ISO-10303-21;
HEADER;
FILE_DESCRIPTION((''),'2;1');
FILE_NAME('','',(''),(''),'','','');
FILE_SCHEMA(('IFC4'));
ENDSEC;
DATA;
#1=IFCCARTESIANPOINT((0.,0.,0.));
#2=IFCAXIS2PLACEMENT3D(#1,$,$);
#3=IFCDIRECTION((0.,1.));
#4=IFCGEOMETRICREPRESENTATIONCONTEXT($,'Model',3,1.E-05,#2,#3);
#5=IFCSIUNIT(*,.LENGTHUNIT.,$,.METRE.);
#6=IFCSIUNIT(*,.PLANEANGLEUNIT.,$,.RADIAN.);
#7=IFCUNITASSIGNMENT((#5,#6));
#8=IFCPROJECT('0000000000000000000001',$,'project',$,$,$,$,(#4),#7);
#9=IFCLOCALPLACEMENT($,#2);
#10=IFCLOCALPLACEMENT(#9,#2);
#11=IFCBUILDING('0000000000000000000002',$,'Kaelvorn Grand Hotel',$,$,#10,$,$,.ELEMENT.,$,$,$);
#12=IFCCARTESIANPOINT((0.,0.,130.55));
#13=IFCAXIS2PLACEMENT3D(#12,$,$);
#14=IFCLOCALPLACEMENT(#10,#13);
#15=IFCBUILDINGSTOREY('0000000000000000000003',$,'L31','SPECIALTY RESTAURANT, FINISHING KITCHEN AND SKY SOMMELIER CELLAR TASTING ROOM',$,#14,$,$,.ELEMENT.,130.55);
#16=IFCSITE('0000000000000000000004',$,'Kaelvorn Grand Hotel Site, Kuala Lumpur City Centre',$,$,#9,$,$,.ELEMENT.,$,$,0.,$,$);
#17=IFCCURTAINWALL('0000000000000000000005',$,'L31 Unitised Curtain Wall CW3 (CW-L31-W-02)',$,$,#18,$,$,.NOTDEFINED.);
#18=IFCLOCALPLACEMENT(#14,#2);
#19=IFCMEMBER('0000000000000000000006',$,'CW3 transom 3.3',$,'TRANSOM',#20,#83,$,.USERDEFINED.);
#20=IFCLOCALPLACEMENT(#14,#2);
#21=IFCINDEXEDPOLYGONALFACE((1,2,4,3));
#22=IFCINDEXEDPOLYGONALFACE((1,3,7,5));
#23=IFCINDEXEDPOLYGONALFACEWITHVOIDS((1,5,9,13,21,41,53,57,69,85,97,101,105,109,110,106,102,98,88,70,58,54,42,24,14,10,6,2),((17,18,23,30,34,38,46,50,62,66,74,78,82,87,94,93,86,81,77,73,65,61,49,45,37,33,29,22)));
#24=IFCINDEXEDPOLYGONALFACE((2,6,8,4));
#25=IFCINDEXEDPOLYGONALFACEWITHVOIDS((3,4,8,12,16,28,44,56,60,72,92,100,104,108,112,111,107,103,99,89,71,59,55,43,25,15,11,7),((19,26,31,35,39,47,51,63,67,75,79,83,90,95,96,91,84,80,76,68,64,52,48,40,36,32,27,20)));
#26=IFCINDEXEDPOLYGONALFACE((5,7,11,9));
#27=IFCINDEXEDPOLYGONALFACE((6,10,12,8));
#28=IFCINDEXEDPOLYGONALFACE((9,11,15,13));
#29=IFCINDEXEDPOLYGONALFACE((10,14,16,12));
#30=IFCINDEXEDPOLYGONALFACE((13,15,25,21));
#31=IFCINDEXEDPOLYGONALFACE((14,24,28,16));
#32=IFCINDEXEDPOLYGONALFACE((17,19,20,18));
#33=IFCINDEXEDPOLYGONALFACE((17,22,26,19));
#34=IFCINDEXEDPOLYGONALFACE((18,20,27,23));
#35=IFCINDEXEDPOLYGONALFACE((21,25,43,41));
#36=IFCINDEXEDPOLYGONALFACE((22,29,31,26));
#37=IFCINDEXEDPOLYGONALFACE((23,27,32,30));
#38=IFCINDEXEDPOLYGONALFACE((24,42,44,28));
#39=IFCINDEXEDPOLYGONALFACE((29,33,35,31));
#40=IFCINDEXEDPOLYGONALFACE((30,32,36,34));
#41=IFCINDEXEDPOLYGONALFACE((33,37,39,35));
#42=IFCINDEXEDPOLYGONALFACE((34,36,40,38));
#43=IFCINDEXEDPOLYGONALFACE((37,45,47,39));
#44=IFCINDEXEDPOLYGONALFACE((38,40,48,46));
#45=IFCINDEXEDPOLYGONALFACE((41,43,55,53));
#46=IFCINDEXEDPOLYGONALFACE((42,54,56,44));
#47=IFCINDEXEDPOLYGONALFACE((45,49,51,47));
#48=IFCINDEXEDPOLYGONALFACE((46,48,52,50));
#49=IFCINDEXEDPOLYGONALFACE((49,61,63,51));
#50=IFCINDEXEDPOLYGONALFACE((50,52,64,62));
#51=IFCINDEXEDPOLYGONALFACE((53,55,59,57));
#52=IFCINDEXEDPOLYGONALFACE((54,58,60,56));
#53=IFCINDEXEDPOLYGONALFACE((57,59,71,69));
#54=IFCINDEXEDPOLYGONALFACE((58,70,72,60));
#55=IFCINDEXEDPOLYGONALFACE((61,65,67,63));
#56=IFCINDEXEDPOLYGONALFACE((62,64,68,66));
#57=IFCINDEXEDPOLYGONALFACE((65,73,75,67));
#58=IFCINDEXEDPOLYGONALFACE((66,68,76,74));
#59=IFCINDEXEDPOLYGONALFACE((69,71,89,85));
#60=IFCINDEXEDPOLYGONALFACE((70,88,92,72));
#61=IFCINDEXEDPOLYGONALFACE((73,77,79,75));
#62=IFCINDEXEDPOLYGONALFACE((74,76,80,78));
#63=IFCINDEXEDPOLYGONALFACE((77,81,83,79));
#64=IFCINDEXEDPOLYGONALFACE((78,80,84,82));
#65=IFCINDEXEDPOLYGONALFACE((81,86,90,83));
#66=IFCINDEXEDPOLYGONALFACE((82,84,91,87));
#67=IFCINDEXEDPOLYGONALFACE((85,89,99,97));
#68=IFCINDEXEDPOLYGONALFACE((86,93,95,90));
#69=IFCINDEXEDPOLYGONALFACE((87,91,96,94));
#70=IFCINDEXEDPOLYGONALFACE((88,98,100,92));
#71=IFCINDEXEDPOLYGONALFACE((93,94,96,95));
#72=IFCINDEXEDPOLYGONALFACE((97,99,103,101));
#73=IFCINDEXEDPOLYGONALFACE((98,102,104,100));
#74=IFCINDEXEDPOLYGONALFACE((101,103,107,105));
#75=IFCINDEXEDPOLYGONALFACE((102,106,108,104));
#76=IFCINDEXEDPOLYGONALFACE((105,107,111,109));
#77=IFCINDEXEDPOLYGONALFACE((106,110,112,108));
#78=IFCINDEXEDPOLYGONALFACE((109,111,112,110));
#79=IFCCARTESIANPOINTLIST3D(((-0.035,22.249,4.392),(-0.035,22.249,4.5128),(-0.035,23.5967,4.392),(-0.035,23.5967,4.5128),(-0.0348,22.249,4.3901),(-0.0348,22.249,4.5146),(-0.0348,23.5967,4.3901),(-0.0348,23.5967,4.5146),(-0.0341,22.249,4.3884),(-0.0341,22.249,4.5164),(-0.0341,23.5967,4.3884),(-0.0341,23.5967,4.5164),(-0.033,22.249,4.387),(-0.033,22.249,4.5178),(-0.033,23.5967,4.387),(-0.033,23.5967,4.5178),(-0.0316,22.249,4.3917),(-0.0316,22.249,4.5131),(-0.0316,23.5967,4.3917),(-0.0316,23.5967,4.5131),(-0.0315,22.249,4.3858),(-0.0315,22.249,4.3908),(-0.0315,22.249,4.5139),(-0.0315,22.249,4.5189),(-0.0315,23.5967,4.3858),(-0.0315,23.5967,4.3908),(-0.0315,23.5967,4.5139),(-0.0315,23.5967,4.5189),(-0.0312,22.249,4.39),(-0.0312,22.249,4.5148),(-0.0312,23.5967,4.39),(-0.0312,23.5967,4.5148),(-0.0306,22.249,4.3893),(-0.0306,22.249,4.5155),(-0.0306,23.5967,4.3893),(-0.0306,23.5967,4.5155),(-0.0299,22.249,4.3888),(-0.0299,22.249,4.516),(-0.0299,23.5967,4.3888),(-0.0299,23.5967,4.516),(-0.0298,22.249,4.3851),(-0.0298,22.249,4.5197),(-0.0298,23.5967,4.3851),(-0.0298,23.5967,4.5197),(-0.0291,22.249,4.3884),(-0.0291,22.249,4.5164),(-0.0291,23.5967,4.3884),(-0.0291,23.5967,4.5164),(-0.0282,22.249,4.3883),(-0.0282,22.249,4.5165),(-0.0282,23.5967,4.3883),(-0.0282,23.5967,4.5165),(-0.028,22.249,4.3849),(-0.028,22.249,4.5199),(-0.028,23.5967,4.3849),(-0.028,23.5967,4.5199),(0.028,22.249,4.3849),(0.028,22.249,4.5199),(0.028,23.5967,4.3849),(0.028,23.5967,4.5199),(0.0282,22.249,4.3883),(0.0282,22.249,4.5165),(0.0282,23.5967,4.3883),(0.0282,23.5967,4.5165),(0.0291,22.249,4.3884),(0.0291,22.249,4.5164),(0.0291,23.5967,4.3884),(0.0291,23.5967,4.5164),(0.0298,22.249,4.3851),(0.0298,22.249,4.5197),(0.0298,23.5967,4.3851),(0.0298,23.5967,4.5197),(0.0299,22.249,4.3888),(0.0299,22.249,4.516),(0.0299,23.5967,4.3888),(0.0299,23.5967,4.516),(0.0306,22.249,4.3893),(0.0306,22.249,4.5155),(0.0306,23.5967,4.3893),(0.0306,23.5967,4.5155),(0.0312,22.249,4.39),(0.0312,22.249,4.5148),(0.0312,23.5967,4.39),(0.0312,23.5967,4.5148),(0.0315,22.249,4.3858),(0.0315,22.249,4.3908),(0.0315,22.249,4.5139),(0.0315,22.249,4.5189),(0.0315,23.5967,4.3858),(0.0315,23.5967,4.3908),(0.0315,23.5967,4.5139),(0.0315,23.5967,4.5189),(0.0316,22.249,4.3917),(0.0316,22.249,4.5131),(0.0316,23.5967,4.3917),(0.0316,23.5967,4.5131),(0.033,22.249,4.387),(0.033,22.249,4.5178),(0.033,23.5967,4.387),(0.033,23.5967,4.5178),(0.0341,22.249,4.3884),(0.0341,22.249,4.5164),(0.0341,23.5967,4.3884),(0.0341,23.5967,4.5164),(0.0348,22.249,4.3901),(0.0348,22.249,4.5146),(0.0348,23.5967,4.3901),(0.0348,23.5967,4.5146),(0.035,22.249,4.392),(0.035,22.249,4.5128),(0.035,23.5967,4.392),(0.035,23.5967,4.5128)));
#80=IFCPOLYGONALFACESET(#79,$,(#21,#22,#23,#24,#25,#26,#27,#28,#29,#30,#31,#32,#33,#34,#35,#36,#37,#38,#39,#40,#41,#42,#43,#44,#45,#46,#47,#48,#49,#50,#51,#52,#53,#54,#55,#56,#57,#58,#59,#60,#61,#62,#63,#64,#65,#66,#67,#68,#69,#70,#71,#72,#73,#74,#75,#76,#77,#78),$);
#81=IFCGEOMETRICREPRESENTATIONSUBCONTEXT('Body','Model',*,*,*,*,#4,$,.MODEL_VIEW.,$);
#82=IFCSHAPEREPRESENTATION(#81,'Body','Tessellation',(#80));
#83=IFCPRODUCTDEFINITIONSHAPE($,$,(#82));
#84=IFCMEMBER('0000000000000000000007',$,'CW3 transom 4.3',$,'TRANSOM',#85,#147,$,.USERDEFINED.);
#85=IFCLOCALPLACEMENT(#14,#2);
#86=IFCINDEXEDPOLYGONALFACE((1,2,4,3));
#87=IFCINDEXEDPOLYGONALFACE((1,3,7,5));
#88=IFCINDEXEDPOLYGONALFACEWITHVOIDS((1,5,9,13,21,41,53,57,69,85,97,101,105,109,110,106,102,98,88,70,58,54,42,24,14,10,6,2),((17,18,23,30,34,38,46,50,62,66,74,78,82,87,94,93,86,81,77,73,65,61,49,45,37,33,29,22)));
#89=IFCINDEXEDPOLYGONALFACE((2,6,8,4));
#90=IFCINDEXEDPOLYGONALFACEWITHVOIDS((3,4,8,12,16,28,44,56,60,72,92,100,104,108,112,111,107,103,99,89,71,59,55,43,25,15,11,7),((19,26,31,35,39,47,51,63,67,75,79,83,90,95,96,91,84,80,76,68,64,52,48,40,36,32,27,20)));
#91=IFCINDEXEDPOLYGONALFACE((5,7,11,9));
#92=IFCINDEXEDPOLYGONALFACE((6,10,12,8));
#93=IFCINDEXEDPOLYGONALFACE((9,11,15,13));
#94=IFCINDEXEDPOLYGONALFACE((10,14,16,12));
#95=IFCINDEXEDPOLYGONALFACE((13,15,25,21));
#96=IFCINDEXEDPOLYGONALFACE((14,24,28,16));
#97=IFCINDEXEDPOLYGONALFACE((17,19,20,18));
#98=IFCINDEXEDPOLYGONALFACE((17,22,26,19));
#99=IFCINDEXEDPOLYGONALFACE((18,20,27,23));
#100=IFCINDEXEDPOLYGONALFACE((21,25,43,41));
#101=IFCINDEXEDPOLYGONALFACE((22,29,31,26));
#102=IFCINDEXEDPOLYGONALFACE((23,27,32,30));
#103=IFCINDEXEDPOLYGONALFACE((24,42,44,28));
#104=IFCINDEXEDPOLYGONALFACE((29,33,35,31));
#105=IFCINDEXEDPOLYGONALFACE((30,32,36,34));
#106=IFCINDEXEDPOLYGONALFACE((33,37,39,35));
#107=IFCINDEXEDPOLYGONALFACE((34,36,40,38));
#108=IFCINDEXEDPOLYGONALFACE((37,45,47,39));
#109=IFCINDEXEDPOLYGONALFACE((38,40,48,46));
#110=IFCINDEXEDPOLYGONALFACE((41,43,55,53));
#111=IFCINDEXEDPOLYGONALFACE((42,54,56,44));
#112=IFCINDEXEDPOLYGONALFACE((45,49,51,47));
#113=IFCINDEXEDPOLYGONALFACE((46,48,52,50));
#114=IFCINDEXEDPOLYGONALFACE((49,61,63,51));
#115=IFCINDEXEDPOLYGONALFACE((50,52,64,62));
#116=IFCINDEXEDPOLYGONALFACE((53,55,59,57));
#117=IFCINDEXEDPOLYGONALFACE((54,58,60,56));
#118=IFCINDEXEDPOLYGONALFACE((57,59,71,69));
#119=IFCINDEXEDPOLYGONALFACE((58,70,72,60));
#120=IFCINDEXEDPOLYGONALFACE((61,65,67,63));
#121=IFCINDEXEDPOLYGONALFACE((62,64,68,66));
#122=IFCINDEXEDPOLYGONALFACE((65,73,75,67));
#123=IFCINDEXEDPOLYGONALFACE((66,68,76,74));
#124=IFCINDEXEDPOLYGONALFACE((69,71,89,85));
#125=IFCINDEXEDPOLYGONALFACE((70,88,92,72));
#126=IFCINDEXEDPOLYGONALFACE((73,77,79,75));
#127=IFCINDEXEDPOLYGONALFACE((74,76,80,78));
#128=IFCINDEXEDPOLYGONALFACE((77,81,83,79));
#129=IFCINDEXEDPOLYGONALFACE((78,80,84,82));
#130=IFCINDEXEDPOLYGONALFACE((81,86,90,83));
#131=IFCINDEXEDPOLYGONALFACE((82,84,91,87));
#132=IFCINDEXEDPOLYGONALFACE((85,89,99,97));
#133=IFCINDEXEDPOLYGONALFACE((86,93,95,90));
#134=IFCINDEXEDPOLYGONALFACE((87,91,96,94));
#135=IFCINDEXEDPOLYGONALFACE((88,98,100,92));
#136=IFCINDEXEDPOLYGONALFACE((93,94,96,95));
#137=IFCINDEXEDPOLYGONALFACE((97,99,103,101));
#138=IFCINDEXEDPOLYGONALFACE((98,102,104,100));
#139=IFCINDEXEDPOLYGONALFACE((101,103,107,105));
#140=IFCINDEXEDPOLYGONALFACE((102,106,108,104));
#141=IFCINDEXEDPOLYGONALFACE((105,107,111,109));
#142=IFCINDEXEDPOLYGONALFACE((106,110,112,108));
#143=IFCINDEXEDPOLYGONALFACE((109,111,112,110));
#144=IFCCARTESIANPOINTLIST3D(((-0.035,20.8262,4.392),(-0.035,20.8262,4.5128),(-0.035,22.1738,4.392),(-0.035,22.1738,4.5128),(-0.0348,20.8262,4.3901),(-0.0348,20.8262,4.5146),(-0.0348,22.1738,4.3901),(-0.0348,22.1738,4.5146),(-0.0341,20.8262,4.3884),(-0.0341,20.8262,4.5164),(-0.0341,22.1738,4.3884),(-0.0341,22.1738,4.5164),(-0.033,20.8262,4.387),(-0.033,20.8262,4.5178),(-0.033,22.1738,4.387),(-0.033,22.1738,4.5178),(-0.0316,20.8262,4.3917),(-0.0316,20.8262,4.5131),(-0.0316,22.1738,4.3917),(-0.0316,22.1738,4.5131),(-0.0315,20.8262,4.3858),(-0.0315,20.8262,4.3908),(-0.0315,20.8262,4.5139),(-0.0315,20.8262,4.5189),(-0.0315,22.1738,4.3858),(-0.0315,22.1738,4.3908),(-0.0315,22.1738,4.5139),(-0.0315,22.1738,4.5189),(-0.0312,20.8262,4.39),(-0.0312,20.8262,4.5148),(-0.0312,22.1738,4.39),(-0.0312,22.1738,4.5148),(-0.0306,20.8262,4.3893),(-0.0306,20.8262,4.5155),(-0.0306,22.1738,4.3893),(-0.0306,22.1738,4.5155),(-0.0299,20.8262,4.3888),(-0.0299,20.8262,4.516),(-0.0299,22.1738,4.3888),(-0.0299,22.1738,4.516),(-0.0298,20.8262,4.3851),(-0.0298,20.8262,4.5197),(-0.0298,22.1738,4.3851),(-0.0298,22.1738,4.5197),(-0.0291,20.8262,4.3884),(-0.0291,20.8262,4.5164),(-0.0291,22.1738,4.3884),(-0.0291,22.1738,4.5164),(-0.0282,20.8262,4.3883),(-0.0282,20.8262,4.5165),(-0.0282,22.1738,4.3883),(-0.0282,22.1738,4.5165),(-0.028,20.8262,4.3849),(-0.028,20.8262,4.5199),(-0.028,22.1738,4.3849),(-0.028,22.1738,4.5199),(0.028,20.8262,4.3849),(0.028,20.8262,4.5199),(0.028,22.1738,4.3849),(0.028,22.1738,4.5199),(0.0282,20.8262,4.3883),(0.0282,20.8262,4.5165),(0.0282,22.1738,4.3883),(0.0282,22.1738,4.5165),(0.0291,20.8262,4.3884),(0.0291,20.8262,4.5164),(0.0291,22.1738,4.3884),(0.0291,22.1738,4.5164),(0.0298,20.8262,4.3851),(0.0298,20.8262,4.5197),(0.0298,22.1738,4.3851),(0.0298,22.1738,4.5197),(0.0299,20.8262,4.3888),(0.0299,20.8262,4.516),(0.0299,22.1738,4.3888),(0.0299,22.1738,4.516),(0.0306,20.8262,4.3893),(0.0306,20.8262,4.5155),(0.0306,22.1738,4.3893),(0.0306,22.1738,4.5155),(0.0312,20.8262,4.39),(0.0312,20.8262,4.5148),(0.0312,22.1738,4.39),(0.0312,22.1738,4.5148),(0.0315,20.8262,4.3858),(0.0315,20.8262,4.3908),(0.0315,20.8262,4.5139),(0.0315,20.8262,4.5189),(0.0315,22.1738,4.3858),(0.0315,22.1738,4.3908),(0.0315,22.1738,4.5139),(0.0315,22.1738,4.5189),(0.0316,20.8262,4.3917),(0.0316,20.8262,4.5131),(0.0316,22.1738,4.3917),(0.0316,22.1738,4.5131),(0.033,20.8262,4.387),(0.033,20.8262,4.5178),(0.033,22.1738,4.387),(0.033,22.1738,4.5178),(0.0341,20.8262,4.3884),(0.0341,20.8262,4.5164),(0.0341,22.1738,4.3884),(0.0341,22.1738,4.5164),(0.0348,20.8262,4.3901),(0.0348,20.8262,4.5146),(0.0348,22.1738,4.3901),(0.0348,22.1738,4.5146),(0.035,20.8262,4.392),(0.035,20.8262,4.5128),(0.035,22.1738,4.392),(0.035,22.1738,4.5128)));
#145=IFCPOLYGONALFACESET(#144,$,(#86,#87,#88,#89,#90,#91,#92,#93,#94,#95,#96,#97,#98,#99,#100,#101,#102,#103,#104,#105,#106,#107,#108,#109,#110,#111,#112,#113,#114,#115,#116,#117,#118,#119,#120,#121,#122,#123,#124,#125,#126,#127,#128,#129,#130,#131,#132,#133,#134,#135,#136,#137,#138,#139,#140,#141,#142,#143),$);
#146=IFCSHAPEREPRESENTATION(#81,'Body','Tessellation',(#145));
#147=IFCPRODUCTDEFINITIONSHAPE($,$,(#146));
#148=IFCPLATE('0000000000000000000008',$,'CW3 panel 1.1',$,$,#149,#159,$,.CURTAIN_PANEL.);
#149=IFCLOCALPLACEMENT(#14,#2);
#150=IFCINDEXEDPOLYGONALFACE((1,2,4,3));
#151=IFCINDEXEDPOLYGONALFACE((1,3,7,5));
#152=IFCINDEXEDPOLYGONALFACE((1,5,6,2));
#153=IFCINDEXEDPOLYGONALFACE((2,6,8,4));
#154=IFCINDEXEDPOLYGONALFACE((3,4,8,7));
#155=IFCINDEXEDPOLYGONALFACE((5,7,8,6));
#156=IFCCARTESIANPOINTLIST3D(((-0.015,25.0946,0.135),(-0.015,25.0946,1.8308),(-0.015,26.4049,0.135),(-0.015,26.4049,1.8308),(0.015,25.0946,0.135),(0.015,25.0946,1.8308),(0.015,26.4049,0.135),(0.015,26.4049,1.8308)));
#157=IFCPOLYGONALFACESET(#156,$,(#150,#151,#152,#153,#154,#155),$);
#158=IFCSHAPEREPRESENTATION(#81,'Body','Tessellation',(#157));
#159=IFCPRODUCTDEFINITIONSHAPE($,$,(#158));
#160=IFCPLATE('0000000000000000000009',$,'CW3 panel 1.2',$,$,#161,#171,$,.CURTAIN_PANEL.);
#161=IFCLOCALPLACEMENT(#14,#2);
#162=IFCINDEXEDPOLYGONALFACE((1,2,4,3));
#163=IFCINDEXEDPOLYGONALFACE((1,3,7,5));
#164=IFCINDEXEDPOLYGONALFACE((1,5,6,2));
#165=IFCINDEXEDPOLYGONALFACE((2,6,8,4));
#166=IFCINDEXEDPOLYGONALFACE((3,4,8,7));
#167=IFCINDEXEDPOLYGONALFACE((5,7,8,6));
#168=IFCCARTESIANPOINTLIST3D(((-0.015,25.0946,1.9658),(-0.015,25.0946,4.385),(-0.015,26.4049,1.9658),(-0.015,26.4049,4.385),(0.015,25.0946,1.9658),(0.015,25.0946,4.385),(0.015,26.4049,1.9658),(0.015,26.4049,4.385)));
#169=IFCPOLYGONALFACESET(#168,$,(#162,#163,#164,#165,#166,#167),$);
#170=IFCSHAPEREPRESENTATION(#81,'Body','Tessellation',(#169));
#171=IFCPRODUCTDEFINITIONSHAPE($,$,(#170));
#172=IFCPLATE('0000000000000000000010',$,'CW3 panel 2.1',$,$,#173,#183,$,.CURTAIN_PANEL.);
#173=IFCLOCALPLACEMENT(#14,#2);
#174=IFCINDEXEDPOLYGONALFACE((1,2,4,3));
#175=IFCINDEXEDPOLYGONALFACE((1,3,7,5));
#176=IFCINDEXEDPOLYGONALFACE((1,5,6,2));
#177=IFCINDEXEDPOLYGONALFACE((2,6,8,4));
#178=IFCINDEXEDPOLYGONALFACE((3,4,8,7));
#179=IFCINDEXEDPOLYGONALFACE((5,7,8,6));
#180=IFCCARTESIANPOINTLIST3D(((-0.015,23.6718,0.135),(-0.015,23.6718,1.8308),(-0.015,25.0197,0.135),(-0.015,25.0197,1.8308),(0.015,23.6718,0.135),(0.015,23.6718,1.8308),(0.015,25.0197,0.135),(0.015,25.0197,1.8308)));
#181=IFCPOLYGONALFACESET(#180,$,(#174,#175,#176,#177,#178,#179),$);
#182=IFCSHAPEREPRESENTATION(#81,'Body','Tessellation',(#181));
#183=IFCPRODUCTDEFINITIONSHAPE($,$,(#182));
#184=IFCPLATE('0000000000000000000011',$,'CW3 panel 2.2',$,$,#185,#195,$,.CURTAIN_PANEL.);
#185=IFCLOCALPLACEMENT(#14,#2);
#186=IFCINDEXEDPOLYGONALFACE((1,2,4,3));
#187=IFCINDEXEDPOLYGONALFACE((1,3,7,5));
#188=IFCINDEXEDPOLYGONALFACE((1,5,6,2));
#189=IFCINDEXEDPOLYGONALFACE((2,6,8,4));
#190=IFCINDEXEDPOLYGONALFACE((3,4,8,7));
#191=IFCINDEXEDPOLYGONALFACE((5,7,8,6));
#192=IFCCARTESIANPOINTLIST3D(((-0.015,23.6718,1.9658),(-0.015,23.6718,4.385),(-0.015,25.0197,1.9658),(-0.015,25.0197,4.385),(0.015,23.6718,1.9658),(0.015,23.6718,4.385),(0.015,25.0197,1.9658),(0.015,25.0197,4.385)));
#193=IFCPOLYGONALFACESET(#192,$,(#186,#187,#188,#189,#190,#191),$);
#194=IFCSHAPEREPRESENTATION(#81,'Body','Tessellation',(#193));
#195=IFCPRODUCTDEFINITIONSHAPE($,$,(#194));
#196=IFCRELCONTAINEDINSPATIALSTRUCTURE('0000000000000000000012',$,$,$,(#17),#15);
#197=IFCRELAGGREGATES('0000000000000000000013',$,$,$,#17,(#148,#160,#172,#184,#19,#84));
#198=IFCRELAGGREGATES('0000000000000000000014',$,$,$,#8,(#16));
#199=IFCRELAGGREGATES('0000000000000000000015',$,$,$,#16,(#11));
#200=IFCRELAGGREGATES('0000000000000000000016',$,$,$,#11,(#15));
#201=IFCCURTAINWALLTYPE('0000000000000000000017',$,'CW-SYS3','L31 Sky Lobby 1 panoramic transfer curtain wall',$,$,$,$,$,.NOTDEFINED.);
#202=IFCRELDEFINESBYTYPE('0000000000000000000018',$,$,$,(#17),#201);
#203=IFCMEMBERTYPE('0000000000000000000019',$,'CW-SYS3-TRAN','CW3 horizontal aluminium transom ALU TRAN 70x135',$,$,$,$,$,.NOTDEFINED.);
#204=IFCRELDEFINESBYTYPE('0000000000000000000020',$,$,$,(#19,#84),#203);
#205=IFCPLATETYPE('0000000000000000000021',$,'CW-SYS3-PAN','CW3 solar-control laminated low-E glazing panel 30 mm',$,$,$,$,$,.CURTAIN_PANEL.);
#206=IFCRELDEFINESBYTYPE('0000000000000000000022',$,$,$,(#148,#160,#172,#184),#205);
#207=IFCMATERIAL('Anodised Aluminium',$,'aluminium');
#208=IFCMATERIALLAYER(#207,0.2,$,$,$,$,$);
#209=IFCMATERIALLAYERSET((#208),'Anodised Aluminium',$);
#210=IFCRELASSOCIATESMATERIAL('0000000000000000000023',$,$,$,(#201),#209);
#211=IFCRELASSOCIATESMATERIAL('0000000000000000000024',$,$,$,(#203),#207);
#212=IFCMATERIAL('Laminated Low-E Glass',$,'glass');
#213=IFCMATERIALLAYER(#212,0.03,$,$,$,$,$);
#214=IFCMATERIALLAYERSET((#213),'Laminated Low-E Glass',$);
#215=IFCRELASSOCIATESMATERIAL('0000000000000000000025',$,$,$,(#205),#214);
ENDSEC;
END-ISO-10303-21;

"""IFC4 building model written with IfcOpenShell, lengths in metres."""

from ifc_helpers import new_model, si_unit, direction, frame, origin, origin_2d, place, context, subcontext, project, spatial, rectangle, hollow_rectangle, extrude, material, layer, layer_set, material_profile, profile_set, type_object, element, aggregate, save


model = new_model("IFC4")

# Units and contexts
model_context = context("Model", 3, precision=1e-05, world=origin(), true_north=direction((0.0, 1.0)))
body_context = subcontext(model_context, "Body", "Model", "MODEL_VIEW")
ifc_project = project(units=[si_unit("LENGTHUNIT", "METRE"), si_unit("PLANEANGLEUNIT", "RADIAN")], contexts=[model_context])

# Site, building, storey
site_placement = place(None, origin())
site = spatial("IfcSite", under=ifc_project, at=site_placement, Name="Kaelvorn Grand Hotel Site, Kuala Lumpur City Centre", CompositionType="ELEMENT", RefElevation=0.0)
building_placement = place(site_placement, origin())
building = spatial("IfcBuilding", under=site, at=building_placement, Name="Kaelvorn Grand Hotel", CompositionType="ELEMENT")
storey_placement = place(building_placement, frame((0.0, 0.0, 130.55)))
storey = spatial("IfcBuildingStorey", under=building, at=storey_placement, Name="L31", Description="SPECIALTY RESTAURANT, FINISHING KITCHEN AND SKY SOMMELIER CELLAR TASTING ROOM", CompositionType="ELEMENT", Elevation=130.55)

# Curtain wall, members, plates
ifc_material_1 = material(Name="Anodised Aluminium", Category="aluminium")
ifc_layer_1 = layer(ifc_material_1, 0.2)
ifc_layer_set_1 = layer_set([ifc_layer_1], Name="Anodised Aluminium")
curtain_wall_type = type_object("IfcCurtainWallType", Name="CW-SYS3", Description="L31 Sky Lobby 1 panoramic transfer curtain wall", PredefinedType="NOTDEFINED", material=ifc_layer_set_1)
curtain_wall_placement = place(storey_placement, origin())
curtain_wall = element("IfcCurtainWall", 1, at=curtain_wall_placement, inside=storey, type_object=curtain_wall_type, Name="L31 Unitised Curtain Wall CW3 (CW-L31-W-02)", PredefinedType="NOTDEFINED")
ifc_material_profile_1 = material_profile(ifc_material_1, hollow_rectangle(XDim=0.0701, YDim=0.135, WallThickness=0.0034, InnerFilletRadius=0.0034, OuterFilletRadius=0.0071, at=origin_2d()), Name="ALU TRAN 70x135")
ifc_profile_set_1 = profile_set([ifc_material_profile_1], Name="Anodised Aluminium")
member_type_1 = type_object("IfcMemberType", Name="CW-SYS3-TRAN", Description="CW3 horizontal aluminium transom ALU TRAN 70x135", PredefinedType="NOTDEFINED", material=ifc_profile_set_1)
member_1_placement = place(storey_placement, frame((0.0, 23.5967, 4.4524), z_axis=(0.0, -1.0, 0.0), x_axis=(1.0, 0.0, 0.0)))
member_1 = element("IfcMember", 2, at=member_1_placement, type_object=member_type_1, Name="CW3 transom 3.3", ObjectType="TRANSOM", PredefinedType="USERDEFINED", context=body_context, shape_type="SweptSolid", body=[
    extrude(hollow_rectangle(XDim=0.0701, YDim=0.135, WallThickness=0.0034, InnerFilletRadius=0.0034, OuterFilletRadius=0.0071, at=origin_2d()), origin(), (0.0, 0.0, 1.0), 1.3477),
])
member_2_placement = place(storey_placement, frame((0.0, 22.1738, 4.4524), z_axis=(0.0, -1.0, 0.0), x_axis=(1.0, 0.0, 0.0)))
member_2 = element("IfcMember", 3, at=member_2_placement, type_object=member_type_1, Name="CW3 transom 4.3", ObjectType="TRANSOM", PredefinedType="USERDEFINED", context=body_context, shape_type="SweptSolid", body=[
    extrude(hollow_rectangle(XDim=0.0701, YDim=0.135, WallThickness=0.0034, InnerFilletRadius=0.0034, OuterFilletRadius=0.0071, at=origin_2d()), origin(), (0.0, 0.0, 1.0), 1.3477),
])
ifc_material_2 = material(Name="Laminated Low-E Glass", Category="glass")
ifc_layer_2 = layer(ifc_material_2, 0.03)
ifc_layer_set_2 = layer_set([ifc_layer_2], Name="Laminated Low-E Glass")
plate_type = type_object("IfcPlateType", Name="CW-SYS3-PAN", Description="CW3 solar-control laminated low-E glazing panel 30 mm", PredefinedType="CURTAIN_PANEL", material=ifc_layer_set_2)
plate_1_placement = place(storey_placement, frame((0.0, 25.7498, 0.135), z_axis=(0.0, 0.0, 1.0), x_axis=(0.0, -1.0, 0.0)))
plate_1 = element("IfcPlate", 4, at=plate_1_placement, type_object=plate_type, Name="CW3 panel 1.1", PredefinedType="CURTAIN_PANEL", context=body_context, shape_type="SweptSolid", body=[
    extrude(rectangle(XDim=1.3103, YDim=0.03, at=origin_2d()), origin(), (0.0, 0.0, 1.0), 1.6958),
])
plate_2_placement = place(storey_placement, frame((0.0, 25.7498, 1.9658), z_axis=(0.0, 0.0, 1.0), x_axis=(0.0, -1.0, 0.0)))
plate_2 = element("IfcPlate", 5, at=plate_2_placement, type_object=plate_type, Name="CW3 panel 1.2", PredefinedType="CURTAIN_PANEL", context=body_context, shape_type="SweptSolid", body=[
    extrude(rectangle(XDim=1.3103, YDim=0.03, at=origin_2d()), origin(), (0.0, 0.0, 1.0), 2.4192),
])
plate_3_placement = place(storey_placement, frame((0.0, 24.3457, 0.135), z_axis=(0.0, 0.0, 1.0), x_axis=(0.0, -1.0, 0.0)))
plate_3 = element("IfcPlate", 6, at=plate_3_placement, type_object=plate_type, Name="CW3 panel 2.1", PredefinedType="CURTAIN_PANEL", context=body_context, shape_type="SweptSolid", body=[
    extrude(rectangle(XDim=1.3479, YDim=0.03, at=origin_2d()), origin(), (0.0, 0.0, 1.0), 1.6958),
])
plate_4_placement = place(storey_placement, frame((0.0, 24.3457, 1.9658), z_axis=(0.0, 0.0, 1.0), x_axis=(0.0, -1.0, 0.0)))
plate_4 = element("IfcPlate", 7, at=plate_4_placement, type_object=plate_type, Name="CW3 panel 2.2", PredefinedType="CURTAIN_PANEL", context=body_context, shape_type="SweptSolid", body=[
    extrude(rectangle(XDim=1.3479, YDim=0.03, at=origin_2d()), origin(), (0.0, 0.0, 1.0), 2.4192),
])
aggregate(curtain_wall, [plate_1, plate_2, plate_3, plate_4, member_1, member_2])

save(model, "model.ifc")
